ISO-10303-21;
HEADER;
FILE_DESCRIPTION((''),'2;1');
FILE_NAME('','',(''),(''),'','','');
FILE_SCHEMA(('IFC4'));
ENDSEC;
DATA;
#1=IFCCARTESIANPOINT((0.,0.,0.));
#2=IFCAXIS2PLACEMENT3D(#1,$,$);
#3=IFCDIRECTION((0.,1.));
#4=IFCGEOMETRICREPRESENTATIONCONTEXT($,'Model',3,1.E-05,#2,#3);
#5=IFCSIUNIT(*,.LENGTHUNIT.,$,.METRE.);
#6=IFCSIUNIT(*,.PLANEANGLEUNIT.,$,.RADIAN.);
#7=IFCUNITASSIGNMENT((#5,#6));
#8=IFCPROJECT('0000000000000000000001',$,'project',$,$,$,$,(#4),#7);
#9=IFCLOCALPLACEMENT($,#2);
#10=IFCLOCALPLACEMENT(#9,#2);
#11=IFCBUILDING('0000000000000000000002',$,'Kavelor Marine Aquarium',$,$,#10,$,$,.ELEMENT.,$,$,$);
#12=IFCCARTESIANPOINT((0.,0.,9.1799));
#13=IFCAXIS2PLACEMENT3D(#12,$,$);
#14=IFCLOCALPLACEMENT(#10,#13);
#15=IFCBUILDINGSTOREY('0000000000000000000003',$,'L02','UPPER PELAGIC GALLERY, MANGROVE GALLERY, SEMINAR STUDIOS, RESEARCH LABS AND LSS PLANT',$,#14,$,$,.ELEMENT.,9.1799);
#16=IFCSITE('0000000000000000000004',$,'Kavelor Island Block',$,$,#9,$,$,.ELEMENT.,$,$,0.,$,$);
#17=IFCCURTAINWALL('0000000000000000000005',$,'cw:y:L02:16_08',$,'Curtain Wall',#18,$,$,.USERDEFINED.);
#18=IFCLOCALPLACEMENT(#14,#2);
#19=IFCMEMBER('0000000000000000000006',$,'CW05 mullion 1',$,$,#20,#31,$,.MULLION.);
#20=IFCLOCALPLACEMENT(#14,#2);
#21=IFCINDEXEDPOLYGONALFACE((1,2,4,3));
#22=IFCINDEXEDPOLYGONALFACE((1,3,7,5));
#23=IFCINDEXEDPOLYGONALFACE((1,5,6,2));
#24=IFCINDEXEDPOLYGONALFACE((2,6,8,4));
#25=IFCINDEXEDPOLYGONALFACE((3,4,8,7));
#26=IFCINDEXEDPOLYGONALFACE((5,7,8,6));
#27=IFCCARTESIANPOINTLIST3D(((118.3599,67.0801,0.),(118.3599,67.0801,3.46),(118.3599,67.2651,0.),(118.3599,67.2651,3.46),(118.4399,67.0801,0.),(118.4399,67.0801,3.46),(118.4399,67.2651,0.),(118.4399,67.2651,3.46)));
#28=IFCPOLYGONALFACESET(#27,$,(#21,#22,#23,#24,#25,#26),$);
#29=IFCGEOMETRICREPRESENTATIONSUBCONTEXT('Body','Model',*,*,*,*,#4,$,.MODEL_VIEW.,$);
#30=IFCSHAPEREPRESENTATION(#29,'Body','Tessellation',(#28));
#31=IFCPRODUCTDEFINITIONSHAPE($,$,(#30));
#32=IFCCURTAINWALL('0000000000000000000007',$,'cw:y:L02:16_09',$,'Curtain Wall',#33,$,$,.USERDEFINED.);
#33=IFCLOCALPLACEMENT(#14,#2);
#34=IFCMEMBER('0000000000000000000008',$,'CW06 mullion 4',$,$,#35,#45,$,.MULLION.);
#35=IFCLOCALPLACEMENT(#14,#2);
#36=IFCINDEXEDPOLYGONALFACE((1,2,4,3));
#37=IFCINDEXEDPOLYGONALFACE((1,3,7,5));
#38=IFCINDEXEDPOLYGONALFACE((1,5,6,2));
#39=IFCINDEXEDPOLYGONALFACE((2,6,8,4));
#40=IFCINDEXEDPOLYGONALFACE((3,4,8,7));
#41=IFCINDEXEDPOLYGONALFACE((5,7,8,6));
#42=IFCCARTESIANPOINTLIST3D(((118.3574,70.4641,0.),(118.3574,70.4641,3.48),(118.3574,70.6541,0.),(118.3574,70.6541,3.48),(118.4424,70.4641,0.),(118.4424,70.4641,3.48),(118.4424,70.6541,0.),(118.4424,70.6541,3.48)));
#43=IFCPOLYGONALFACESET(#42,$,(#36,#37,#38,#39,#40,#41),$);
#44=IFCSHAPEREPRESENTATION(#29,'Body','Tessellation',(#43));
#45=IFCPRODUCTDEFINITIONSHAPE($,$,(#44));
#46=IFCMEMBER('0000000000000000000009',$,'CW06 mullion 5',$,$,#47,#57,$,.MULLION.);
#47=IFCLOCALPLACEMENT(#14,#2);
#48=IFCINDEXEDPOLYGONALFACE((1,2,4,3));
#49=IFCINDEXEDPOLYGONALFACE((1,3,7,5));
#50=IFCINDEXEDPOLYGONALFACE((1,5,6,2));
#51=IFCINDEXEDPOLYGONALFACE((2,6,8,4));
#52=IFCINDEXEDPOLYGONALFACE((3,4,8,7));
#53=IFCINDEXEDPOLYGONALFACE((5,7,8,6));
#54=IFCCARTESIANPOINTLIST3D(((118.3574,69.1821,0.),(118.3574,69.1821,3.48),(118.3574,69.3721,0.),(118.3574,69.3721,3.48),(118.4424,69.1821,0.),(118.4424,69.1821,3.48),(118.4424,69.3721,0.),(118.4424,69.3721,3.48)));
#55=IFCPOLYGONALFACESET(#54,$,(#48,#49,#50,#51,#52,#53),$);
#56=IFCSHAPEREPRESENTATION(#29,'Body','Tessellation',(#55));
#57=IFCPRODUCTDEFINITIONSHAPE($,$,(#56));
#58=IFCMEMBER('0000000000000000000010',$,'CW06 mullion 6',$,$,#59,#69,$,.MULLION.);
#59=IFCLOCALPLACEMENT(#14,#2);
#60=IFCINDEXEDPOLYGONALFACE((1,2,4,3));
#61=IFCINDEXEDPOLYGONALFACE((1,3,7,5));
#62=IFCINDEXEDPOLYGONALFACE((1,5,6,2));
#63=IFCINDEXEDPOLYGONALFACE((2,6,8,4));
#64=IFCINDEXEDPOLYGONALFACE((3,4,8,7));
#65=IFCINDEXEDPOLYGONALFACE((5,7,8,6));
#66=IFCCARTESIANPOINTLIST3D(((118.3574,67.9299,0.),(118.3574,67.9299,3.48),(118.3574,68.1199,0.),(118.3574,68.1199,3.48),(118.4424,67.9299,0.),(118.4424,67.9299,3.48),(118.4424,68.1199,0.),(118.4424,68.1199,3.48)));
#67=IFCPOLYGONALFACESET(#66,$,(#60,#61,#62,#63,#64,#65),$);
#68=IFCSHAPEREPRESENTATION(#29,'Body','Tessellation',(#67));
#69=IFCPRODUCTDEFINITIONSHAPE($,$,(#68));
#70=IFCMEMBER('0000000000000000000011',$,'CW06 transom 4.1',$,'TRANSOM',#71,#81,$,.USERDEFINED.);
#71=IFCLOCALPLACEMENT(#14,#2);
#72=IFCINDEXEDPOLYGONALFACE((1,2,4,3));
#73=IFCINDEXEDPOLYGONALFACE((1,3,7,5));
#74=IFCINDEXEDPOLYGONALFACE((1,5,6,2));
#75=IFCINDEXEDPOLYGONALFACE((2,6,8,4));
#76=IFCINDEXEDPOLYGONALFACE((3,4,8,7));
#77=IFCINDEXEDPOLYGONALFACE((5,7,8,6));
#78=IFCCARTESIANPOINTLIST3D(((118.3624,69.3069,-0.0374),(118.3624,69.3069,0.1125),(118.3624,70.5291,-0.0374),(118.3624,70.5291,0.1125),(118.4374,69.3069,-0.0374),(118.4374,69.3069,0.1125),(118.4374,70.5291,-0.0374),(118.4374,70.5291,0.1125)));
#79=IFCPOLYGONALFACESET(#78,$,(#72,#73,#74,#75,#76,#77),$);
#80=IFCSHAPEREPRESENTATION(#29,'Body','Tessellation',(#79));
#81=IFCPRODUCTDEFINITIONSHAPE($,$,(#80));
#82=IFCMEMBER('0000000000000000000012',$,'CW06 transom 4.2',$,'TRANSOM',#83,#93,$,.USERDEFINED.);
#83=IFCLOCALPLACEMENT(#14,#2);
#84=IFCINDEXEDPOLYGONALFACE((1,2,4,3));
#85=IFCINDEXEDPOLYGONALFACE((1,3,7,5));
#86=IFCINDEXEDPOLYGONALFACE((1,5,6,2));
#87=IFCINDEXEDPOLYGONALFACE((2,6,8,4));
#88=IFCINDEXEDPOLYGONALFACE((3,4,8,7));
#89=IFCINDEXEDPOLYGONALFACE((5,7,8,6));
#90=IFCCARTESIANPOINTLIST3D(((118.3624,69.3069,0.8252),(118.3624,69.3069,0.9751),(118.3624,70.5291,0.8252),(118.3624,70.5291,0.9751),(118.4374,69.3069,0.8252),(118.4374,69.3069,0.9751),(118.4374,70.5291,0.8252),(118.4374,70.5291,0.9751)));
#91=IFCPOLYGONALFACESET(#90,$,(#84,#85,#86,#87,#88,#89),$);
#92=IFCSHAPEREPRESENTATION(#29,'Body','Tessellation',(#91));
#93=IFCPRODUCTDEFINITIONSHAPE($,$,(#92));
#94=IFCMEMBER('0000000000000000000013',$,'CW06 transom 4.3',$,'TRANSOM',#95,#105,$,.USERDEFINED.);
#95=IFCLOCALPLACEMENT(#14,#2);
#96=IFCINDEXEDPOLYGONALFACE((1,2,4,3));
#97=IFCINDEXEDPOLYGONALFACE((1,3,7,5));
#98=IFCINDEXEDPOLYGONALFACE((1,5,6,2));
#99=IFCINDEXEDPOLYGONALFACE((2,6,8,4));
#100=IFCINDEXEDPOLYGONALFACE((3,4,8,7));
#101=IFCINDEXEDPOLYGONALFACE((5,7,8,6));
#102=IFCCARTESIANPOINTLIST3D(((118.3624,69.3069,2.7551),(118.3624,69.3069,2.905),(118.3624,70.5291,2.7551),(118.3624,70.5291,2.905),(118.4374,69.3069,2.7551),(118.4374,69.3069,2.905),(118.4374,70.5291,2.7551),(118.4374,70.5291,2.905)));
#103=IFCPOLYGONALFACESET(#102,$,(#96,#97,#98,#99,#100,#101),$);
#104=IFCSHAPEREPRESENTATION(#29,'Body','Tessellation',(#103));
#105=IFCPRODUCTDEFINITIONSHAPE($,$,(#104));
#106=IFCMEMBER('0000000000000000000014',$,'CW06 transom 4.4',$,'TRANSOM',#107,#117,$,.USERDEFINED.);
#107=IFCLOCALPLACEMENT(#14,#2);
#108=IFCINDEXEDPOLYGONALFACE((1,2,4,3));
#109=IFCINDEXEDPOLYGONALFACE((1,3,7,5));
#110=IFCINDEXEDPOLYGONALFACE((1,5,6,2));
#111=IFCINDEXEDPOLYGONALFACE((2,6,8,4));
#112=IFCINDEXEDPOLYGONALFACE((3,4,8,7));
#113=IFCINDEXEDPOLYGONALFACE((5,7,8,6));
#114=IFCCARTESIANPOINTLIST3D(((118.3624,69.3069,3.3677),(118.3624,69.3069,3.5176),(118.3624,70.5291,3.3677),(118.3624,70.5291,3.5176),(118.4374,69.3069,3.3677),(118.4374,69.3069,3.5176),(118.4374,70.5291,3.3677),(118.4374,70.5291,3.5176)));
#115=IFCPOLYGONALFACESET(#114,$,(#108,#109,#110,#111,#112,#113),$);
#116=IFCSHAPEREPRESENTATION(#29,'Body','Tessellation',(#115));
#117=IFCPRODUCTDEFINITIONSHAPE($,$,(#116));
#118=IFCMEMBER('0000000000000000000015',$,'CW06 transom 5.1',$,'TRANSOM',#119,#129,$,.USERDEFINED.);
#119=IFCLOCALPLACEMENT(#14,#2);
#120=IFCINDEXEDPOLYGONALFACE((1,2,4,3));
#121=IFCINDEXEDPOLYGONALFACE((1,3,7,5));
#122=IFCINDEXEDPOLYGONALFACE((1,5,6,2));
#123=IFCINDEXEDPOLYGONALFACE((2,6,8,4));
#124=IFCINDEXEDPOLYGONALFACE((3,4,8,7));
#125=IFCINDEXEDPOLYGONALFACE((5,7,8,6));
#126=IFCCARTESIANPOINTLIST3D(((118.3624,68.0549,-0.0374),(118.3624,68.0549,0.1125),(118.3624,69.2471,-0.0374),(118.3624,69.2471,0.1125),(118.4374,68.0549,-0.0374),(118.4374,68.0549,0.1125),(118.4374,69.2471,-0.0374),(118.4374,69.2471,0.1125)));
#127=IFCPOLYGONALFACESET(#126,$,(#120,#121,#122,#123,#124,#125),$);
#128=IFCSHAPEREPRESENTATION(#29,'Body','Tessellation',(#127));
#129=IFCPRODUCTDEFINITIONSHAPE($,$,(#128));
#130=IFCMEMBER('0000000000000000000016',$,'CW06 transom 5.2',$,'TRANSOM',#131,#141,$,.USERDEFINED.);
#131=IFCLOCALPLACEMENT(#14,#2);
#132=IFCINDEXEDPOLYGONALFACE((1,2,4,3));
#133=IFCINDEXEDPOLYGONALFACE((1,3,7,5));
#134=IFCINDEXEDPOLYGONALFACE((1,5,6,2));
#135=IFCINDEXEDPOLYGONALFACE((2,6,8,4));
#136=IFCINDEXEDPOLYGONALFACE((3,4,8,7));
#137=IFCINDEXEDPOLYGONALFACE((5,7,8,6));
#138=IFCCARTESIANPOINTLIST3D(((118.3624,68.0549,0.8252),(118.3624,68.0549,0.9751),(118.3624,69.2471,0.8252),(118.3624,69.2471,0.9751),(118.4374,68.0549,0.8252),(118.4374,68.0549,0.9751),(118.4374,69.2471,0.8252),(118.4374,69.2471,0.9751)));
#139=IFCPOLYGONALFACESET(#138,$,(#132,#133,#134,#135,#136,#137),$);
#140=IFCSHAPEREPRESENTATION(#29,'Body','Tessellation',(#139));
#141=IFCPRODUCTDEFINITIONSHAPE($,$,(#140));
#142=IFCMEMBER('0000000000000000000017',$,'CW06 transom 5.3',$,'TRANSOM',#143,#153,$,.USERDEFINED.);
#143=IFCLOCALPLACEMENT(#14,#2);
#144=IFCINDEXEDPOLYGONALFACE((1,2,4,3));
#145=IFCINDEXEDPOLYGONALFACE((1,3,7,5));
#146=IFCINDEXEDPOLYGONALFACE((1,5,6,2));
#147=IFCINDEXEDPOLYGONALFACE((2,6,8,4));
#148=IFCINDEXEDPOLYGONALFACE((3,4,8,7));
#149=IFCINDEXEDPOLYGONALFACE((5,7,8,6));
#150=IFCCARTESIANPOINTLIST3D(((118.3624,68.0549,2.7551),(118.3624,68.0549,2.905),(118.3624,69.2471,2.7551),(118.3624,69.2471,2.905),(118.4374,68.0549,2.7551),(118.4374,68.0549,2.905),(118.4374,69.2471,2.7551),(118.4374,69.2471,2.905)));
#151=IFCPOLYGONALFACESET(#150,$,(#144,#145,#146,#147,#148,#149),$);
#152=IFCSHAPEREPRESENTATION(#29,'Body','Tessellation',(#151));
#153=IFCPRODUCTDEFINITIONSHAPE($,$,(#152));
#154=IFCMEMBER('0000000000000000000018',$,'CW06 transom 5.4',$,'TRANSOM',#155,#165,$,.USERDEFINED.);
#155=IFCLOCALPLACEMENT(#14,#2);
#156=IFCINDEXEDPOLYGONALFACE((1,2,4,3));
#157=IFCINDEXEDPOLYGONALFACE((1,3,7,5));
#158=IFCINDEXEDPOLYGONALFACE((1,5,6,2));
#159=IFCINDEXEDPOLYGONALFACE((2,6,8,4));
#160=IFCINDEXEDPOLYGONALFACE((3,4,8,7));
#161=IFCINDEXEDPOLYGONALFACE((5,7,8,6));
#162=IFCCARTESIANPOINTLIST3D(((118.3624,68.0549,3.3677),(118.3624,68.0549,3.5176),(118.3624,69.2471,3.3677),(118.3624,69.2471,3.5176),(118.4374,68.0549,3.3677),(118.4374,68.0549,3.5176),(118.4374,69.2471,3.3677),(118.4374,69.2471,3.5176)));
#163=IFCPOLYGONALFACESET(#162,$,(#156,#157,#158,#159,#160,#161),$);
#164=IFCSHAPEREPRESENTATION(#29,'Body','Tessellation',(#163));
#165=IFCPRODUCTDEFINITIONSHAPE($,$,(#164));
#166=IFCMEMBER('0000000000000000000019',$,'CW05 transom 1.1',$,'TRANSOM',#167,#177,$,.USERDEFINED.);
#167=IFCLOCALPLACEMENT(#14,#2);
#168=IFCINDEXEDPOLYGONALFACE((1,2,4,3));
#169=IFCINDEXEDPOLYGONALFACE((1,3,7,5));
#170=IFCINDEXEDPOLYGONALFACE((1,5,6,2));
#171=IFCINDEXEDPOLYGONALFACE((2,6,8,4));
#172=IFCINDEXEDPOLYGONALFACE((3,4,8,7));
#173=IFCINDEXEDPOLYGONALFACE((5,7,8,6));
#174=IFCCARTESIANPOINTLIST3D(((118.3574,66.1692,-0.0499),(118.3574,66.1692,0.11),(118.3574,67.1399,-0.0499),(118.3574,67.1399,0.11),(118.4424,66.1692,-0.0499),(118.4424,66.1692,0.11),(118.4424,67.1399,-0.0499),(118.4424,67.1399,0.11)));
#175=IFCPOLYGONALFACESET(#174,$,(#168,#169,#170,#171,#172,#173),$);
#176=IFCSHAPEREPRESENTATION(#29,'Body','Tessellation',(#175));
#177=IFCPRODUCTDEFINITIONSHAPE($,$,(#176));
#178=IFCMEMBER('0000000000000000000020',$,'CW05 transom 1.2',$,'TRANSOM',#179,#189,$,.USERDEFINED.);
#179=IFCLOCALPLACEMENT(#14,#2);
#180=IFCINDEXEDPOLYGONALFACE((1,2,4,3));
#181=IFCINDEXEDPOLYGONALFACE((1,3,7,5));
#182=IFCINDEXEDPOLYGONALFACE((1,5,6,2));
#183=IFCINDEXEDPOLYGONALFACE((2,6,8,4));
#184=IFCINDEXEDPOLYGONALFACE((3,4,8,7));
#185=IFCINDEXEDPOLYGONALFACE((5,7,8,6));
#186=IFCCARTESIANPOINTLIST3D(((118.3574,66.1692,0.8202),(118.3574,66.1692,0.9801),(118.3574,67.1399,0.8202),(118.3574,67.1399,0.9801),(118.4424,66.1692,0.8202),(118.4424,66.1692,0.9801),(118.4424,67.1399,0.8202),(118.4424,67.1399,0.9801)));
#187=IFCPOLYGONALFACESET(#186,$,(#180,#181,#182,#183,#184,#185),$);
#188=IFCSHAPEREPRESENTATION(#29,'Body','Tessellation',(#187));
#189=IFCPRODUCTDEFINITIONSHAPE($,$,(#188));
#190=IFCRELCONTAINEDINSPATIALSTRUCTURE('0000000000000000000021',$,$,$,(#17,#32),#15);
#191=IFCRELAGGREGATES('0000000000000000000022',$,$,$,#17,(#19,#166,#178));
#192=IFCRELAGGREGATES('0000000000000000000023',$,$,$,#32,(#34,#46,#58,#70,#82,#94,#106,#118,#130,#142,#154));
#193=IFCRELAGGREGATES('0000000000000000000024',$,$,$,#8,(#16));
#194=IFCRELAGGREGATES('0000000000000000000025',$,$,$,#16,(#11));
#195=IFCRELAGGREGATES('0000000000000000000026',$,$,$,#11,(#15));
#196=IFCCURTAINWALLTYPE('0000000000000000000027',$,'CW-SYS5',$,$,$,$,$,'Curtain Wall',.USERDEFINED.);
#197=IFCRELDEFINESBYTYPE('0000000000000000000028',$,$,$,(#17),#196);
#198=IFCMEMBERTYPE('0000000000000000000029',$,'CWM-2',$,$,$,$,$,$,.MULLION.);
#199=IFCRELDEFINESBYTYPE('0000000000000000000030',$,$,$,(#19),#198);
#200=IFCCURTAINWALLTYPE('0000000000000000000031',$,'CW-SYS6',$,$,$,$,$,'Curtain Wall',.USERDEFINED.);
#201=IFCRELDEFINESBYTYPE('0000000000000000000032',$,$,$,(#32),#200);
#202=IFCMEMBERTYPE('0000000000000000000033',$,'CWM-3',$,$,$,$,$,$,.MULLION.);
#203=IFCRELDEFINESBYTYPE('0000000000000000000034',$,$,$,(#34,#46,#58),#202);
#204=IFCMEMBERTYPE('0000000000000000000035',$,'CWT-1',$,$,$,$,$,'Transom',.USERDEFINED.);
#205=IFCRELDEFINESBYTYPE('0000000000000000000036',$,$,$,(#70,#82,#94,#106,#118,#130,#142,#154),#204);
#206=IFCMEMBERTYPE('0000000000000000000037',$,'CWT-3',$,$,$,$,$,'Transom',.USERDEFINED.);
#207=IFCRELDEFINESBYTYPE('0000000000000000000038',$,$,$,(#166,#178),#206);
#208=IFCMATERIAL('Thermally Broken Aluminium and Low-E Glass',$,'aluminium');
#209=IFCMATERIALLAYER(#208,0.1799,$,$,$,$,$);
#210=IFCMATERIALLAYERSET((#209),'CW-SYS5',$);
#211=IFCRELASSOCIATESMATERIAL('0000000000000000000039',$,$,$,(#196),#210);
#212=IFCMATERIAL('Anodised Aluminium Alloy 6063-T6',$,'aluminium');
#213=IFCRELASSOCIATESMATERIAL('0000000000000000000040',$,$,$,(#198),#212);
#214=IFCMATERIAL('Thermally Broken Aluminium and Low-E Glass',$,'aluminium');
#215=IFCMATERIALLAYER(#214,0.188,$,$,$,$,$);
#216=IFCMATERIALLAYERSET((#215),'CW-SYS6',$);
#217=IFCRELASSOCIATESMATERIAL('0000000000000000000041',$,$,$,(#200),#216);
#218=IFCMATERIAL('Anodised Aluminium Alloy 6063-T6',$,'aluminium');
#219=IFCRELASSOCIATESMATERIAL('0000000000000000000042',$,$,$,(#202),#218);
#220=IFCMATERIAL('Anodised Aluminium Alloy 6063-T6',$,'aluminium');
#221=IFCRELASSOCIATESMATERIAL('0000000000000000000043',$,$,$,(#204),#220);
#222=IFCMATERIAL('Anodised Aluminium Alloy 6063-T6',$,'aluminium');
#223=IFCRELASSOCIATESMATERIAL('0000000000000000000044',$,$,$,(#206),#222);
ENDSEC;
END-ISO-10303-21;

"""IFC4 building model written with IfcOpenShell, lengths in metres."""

from ifc_helpers import new_model, si_unit, direction, frame, origin, origin_2d, place, context, subcontext, project, spatial, rectangle, extrude, material, layer, layer_set, material_profile, profile_set, type_object, element, aggregate, save


model = new_model("IFC4")

# Units and contexts
model_context = context("Model", 3, precision=1e-05, world=origin(), true_north=direction((0.0, 1.0)))
body_context = subcontext(model_context, "Body", "Model", "MODEL_VIEW")
ifc_project = project(units=[si_unit("LENGTHUNIT", "METRE"), si_unit("PLANEANGLEUNIT", "RADIAN")], contexts=[model_context])

# Site, building, storey
site_placement = place(None, origin())
site = spatial("IfcSite", under=ifc_project, at=site_placement, Name="Kavelor Island Block", CompositionType="ELEMENT", RefElevation=0.0)
building_placement = place(site_placement, origin())
building = spatial("IfcBuilding", under=site, at=building_placement, Name="Kavelor Marine Aquarium", CompositionType="ELEMENT")
storey_placement = place(building_placement, frame((0.0, 0.0, 9.1799)))
storey = spatial("IfcBuildingStorey", under=building, at=storey_placement, Name="L02", Description="UPPER PELAGIC GALLERY, MANGROVE GALLERY, SEMINAR STUDIOS, RESEARCH LABS AND LSS PLANT", CompositionType="ELEMENT", Elevation=9.1799)

# Curtain wall, member
ifc_material_1 = material(Name="Thermally Broken Aluminium and Low-E Glass", Category="aluminium")
ifc_layer_1 = layer(ifc_material_1, 0.1799)
ifc_layer_set_1 = layer_set([ifc_layer_1], Name="CW-SYS5")
curtain_wall_type_1 = type_object("IfcCurtainWallType", Name="CW-SYS5", ElementType="Curtain Wall", PredefinedType="USERDEFINED", material=ifc_layer_set_1)
curtain_wall_1_placement = place(storey_placement, origin())
curtain_wall_1 = element("IfcCurtainWall", 1, at=curtain_wall_1_placement, inside=storey, type_object=curtain_wall_type_1, Name="cw:y:L02:16_08", ObjectType="Curtain Wall", PredefinedType="USERDEFINED")
ifc_material_2 = material(Name="Anodised Aluminium Alloy 6063-T6", Category="aluminium")
ifc_material_profile_1 = material_profile(ifc_material_2, rectangle(XDim=0.0801, YDim=0.1851, at=origin_2d()), Name="CW-MUL 80x185")
ifc_profile_set_1 = profile_set([ifc_material_profile_1], Name="Anodised Aluminium Alloy 6063-T6")
member_type_1 = type_object("IfcMemberType", Name="CWM-2", PredefinedType="MULLION", material=ifc_profile_set_1)
member_1_placement = place(storey_placement, frame((118.3999, 67.1726, 0.0), z_axis=(0.0, 0.0, 1.0), x_axis=(1.0, 0.0, 0.0)))
member_1 = element("IfcMember", 2, at=member_1_placement, type_object=member_type_1, Name="CW05 mullion 1", PredefinedType="MULLION", context=body_context, shape_type="SweptSolid", body=[
    extrude(rectangle(XDim=0.0801, YDim=0.1851, at=origin_2d()), origin(), (0.0, 0.0, 1.0), 3.46),
])

# Curtain wall, members
ifc_material_3 = material(Name="Thermally Broken Aluminium and Low-E Glass", Category="aluminium")
ifc_layer_2 = layer(ifc_material_3, 0.188)
ifc_layer_set_2 = layer_set([ifc_layer_2], Name="CW-SYS6")
curtain_wall_type_2 = type_object("IfcCurtainWallType", Name="CW-SYS6", ElementType="Curtain Wall", PredefinedType="USERDEFINED", material=ifc_layer_set_2)
curtain_wall_2_placement = place(storey_placement, origin())
curtain_wall_2 = element("IfcCurtainWall", 3, at=curtain_wall_2_placement, inside=storey, type_object=curtain_wall_type_2, Name="cw:y:L02:16_09", ObjectType="Curtain Wall", PredefinedType="USERDEFINED")
ifc_material_4 = material(Name="Anodised Aluminium Alloy 6063-T6", Category="aluminium")
ifc_material_profile_2 = material_profile(ifc_material_4, rectangle(XDim=0.085, YDim=0.1899, at=origin_2d()), Name="CW-MUL 85x190")
ifc_profile_set_2 = profile_set([ifc_material_profile_2], Name="Anodised Aluminium Alloy 6063-T6")
member_type_2 = type_object("IfcMemberType", Name="CWM-3", PredefinedType="MULLION", material=ifc_profile_set_2)
member_2_placement = place(storey_placement, frame((118.3999, 70.5591, 0.0), z_axis=(0.0, 0.0, 1.0), x_axis=(1.0, 0.0, 0.0)))
member_2 = element("IfcMember", 4, at=member_2_placement, type_object=member_type_2, Name="CW06 mullion 4", PredefinedType="MULLION", context=body_context, shape_type="SweptSolid", body=[
    extrude(rectangle(XDim=0.085, YDim=0.1899, at=origin_2d()), origin(), (0.0, 0.0, 1.0), 3.48),
])
member_3_placement = place(storey_placement, frame((118.3999, 69.2771, 0.0), z_axis=(0.0, 0.0, 1.0), x_axis=(1.0, 0.0, 0.0)))
member_3 = element("IfcMember", 5, at=member_3_placement, type_object=member_type_2, Name="CW06 mullion 5", PredefinedType="MULLION", context=body_context, shape_type="SweptSolid", body=[
    extrude(rectangle(XDim=0.085, YDim=0.1899, at=origin_2d()), origin(), (0.0, 0.0, 1.0), 3.48),
])
member_4_placement = place(storey_placement, frame((118.3999, 68.0249, 0.0), z_axis=(0.0, 0.0, 1.0), x_axis=(1.0, 0.0, 0.0)))
member_4 = element("IfcMember", 6, at=member_4_placement, type_object=member_type_2, Name="CW06 mullion 6", PredefinedType="MULLION", context=body_context, shape_type="SweptSolid", body=[
    extrude(rectangle(XDim=0.085, YDim=0.1899, at=origin_2d()), origin(), (0.0, 0.0, 1.0), 3.48),
])
ifc_material_5 = material(Name="Anodised Aluminium Alloy 6063-T6", Category="aluminium")
ifc_material_profile_3 = material_profile(ifc_material_5, rectangle(XDim=0.075, YDim=0.1499, at=origin_2d()), Name="CW-TRN 75x150")
ifc_profile_set_3 = profile_set([ifc_material_profile_3], Name="Anodised Aluminium Alloy 6063-T6")
member_type_3 = type_object("IfcMemberType", Name="CWT-1", ElementType="Transom", PredefinedType="USERDEFINED", material=ifc_profile_set_3)
member_5_placement = place(storey_placement, frame((118.3999, 70.5291, 0.0376), z_axis=(0.0, -1.0, 0.0), x_axis=(1.0, 0.0, 0.0)))
member_5 = element("IfcMember", 7, at=member_5_placement, type_object=member_type_3, Name="CW06 transom 4.1", ObjectType="TRANSOM", PredefinedType="USERDEFINED", context=body_context, shape_type="SweptSolid", body=[
    extrude(rectangle(XDim=0.075, YDim=0.1499, at=origin_2d()), origin(), (0.0, 0.0, 1.0), 1.2222),
])
member_6_placement = place(storey_placement, frame((118.3999, 70.5291, 0.9001), z_axis=(0.0, -1.0, 0.0), x_axis=(1.0, 0.0, 0.0)))
member_6 = element("IfcMember", 8, at=member_6_placement, type_object=member_type_3, Name="CW06 transom 4.2", ObjectType="TRANSOM", PredefinedType="USERDEFINED", context=body_context, shape_type="SweptSolid", body=[
    extrude(rectangle(XDim=0.075, YDim=0.1499, at=origin_2d()), origin(), (0.0, 0.0, 1.0), 1.2222),
])
member_7_placement = place(storey_placement, frame((118.3999, 70.5291, 2.8301), z_axis=(0.0, -1.0, 0.0), x_axis=(1.0, 0.0, 0.0)))
member_7 = element("IfcMember", 9, at=member_7_placement, type_object=member_type_3, Name="CW06 transom 4.3", ObjectType="TRANSOM", PredefinedType="USERDEFINED", context=body_context, shape_type="SweptSolid", body=[
    extrude(rectangle(XDim=0.075, YDim=0.1499, at=origin_2d()), origin(), (0.0, 0.0, 1.0), 1.2222),
])
member_8_placement = place(storey_placement, frame((118.3999, 70.5291, 3.4426), z_axis=(0.0, -1.0, 0.0), x_axis=(1.0, 0.0, 0.0)))
member_8 = element("IfcMember", 10, at=member_8_placement, type_object=member_type_3, Name="CW06 transom 4.4", ObjectType="TRANSOM", PredefinedType="USERDEFINED", context=body_context, shape_type="SweptSolid", body=[
    extrude(rectangle(XDim=0.075, YDim=0.1499, at=origin_2d()), origin(), (0.0, 0.0, 1.0), 1.2222),
])
member_9_placement = place(storey_placement, frame((118.3999, 69.2471, 0.0376), z_axis=(0.0, -1.0, 0.0), x_axis=(1.0, 0.0, 0.0)))
member_9 = element("IfcMember", 11, at=member_9_placement, type_object=member_type_3, Name="CW06 transom 5.1", ObjectType="TRANSOM", PredefinedType="USERDEFINED", context=body_context, shape_type="SweptSolid", body=[
    extrude(rectangle(XDim=0.075, YDim=0.1499, at=origin_2d()), origin(), (0.0, 0.0, 1.0), 1.1921),
])
member_10_placement = place(storey_placement, frame((118.3999, 69.2471, 0.9001), z_axis=(0.0, -1.0, 0.0), x_axis=(1.0, 0.0, 0.0)))
member_10 = element("IfcMember", 12, at=member_10_placement, type_object=member_type_3, Name="CW06 transom 5.2", ObjectType="TRANSOM", PredefinedType="USERDEFINED", context=body_context, shape_type="SweptSolid", body=[
    extrude(rectangle(XDim=0.075, YDim=0.1499, at=origin_2d()), origin(), (0.0, 0.0, 1.0), 1.1921),
])
member_11_placement = place(storey_placement, frame((118.3999, 69.2471, 2.8301), z_axis=(0.0, -1.0, 0.0), x_axis=(1.0, 0.0, 0.0)))
member_11 = element("IfcMember", 13, at=member_11_placement, type_object=member_type_3, Name="CW06 transom 5.3", ObjectType="TRANSOM", PredefinedType="USERDEFINED", context=body_context, shape_type="SweptSolid", body=[
    extrude(rectangle(XDim=0.075, YDim=0.1499, at=origin_2d()), origin(), (0.0, 0.0, 1.0), 1.1921),
])
member_12_placement = place(storey_placement, frame((118.3999, 69.2471, 3.4426), z_axis=(0.0, -1.0, 0.0), x_axis=(1.0, 0.0, 0.0)))
member_12 = element("IfcMember", 14, at=member_12_placement, type_object=member_type_3, Name="CW06 transom 5.4", ObjectType="TRANSOM", PredefinedType="USERDEFINED", context=body_context, shape_type="SweptSolid", body=[
    extrude(rectangle(XDim=0.075, YDim=0.1499, at=origin_2d()), origin(), (0.0, 0.0, 1.0), 1.1921),
])

# Members
ifc_material_6 = material(Name="Anodised Aluminium Alloy 6063-T6", Category="aluminium")
ifc_material_profile_4 = material_profile(ifc_material_6, rectangle(XDim=0.085, YDim=0.1599, at=origin_2d()), Name="CW-TRN 85x160")
ifc_profile_set_4 = profile_set([ifc_material_profile_4], Name="Anodised Aluminium Alloy 6063-T6")
member_type_4 = type_object("IfcMemberType", Name="CWT-3", ElementType="Transom", PredefinedType="USERDEFINED", material=ifc_profile_set_4)
member_13_placement = place(storey_placement, frame((118.3999, 67.1399, 0.03), z_axis=(0.0, -1.0, 0.0), x_axis=(1.0, 0.0, 0.0)))
member_13 = element("IfcMember", 15, at=member_13_placement, type_object=member_type_4, Name="CW05 transom 1.1", ObjectType="TRANSOM", PredefinedType="USERDEFINED", context=body_context, shape_type="SweptSolid", body=[
    extrude(rectangle(XDim=0.085, YDim=0.1599, at=origin_2d()), origin(), (0.0, 0.0, 1.0), 0.9707),
])
member_14_placement = place(storey_placement, frame((118.3999, 67.1399, 0.9001), z_axis=(0.0, -1.0, 0.0), x_axis=(1.0, 0.0, 0.0)))
member_14 = element("IfcMember", 16, at=member_14_placement, type_object=member_type_4, Name="CW05 transom 1.2", ObjectType="TRANSOM", PredefinedType="USERDEFINED", context=body_context, shape_type="SweptSolid", body=[
    extrude(rectangle(XDim=0.085, YDim=0.1599, at=origin_2d()), origin(), (0.0, 0.0, 1.0), 0.9707),
])

aggregate(curtain_wall_1, [member_1, member_13, member_14])
aggregate(curtain_wall_2, [member_2, member_3, member_4, member_5, member_6, member_7, member_8, member_9, member_10, member_11, member_12])

save(model, "model.ifc")
